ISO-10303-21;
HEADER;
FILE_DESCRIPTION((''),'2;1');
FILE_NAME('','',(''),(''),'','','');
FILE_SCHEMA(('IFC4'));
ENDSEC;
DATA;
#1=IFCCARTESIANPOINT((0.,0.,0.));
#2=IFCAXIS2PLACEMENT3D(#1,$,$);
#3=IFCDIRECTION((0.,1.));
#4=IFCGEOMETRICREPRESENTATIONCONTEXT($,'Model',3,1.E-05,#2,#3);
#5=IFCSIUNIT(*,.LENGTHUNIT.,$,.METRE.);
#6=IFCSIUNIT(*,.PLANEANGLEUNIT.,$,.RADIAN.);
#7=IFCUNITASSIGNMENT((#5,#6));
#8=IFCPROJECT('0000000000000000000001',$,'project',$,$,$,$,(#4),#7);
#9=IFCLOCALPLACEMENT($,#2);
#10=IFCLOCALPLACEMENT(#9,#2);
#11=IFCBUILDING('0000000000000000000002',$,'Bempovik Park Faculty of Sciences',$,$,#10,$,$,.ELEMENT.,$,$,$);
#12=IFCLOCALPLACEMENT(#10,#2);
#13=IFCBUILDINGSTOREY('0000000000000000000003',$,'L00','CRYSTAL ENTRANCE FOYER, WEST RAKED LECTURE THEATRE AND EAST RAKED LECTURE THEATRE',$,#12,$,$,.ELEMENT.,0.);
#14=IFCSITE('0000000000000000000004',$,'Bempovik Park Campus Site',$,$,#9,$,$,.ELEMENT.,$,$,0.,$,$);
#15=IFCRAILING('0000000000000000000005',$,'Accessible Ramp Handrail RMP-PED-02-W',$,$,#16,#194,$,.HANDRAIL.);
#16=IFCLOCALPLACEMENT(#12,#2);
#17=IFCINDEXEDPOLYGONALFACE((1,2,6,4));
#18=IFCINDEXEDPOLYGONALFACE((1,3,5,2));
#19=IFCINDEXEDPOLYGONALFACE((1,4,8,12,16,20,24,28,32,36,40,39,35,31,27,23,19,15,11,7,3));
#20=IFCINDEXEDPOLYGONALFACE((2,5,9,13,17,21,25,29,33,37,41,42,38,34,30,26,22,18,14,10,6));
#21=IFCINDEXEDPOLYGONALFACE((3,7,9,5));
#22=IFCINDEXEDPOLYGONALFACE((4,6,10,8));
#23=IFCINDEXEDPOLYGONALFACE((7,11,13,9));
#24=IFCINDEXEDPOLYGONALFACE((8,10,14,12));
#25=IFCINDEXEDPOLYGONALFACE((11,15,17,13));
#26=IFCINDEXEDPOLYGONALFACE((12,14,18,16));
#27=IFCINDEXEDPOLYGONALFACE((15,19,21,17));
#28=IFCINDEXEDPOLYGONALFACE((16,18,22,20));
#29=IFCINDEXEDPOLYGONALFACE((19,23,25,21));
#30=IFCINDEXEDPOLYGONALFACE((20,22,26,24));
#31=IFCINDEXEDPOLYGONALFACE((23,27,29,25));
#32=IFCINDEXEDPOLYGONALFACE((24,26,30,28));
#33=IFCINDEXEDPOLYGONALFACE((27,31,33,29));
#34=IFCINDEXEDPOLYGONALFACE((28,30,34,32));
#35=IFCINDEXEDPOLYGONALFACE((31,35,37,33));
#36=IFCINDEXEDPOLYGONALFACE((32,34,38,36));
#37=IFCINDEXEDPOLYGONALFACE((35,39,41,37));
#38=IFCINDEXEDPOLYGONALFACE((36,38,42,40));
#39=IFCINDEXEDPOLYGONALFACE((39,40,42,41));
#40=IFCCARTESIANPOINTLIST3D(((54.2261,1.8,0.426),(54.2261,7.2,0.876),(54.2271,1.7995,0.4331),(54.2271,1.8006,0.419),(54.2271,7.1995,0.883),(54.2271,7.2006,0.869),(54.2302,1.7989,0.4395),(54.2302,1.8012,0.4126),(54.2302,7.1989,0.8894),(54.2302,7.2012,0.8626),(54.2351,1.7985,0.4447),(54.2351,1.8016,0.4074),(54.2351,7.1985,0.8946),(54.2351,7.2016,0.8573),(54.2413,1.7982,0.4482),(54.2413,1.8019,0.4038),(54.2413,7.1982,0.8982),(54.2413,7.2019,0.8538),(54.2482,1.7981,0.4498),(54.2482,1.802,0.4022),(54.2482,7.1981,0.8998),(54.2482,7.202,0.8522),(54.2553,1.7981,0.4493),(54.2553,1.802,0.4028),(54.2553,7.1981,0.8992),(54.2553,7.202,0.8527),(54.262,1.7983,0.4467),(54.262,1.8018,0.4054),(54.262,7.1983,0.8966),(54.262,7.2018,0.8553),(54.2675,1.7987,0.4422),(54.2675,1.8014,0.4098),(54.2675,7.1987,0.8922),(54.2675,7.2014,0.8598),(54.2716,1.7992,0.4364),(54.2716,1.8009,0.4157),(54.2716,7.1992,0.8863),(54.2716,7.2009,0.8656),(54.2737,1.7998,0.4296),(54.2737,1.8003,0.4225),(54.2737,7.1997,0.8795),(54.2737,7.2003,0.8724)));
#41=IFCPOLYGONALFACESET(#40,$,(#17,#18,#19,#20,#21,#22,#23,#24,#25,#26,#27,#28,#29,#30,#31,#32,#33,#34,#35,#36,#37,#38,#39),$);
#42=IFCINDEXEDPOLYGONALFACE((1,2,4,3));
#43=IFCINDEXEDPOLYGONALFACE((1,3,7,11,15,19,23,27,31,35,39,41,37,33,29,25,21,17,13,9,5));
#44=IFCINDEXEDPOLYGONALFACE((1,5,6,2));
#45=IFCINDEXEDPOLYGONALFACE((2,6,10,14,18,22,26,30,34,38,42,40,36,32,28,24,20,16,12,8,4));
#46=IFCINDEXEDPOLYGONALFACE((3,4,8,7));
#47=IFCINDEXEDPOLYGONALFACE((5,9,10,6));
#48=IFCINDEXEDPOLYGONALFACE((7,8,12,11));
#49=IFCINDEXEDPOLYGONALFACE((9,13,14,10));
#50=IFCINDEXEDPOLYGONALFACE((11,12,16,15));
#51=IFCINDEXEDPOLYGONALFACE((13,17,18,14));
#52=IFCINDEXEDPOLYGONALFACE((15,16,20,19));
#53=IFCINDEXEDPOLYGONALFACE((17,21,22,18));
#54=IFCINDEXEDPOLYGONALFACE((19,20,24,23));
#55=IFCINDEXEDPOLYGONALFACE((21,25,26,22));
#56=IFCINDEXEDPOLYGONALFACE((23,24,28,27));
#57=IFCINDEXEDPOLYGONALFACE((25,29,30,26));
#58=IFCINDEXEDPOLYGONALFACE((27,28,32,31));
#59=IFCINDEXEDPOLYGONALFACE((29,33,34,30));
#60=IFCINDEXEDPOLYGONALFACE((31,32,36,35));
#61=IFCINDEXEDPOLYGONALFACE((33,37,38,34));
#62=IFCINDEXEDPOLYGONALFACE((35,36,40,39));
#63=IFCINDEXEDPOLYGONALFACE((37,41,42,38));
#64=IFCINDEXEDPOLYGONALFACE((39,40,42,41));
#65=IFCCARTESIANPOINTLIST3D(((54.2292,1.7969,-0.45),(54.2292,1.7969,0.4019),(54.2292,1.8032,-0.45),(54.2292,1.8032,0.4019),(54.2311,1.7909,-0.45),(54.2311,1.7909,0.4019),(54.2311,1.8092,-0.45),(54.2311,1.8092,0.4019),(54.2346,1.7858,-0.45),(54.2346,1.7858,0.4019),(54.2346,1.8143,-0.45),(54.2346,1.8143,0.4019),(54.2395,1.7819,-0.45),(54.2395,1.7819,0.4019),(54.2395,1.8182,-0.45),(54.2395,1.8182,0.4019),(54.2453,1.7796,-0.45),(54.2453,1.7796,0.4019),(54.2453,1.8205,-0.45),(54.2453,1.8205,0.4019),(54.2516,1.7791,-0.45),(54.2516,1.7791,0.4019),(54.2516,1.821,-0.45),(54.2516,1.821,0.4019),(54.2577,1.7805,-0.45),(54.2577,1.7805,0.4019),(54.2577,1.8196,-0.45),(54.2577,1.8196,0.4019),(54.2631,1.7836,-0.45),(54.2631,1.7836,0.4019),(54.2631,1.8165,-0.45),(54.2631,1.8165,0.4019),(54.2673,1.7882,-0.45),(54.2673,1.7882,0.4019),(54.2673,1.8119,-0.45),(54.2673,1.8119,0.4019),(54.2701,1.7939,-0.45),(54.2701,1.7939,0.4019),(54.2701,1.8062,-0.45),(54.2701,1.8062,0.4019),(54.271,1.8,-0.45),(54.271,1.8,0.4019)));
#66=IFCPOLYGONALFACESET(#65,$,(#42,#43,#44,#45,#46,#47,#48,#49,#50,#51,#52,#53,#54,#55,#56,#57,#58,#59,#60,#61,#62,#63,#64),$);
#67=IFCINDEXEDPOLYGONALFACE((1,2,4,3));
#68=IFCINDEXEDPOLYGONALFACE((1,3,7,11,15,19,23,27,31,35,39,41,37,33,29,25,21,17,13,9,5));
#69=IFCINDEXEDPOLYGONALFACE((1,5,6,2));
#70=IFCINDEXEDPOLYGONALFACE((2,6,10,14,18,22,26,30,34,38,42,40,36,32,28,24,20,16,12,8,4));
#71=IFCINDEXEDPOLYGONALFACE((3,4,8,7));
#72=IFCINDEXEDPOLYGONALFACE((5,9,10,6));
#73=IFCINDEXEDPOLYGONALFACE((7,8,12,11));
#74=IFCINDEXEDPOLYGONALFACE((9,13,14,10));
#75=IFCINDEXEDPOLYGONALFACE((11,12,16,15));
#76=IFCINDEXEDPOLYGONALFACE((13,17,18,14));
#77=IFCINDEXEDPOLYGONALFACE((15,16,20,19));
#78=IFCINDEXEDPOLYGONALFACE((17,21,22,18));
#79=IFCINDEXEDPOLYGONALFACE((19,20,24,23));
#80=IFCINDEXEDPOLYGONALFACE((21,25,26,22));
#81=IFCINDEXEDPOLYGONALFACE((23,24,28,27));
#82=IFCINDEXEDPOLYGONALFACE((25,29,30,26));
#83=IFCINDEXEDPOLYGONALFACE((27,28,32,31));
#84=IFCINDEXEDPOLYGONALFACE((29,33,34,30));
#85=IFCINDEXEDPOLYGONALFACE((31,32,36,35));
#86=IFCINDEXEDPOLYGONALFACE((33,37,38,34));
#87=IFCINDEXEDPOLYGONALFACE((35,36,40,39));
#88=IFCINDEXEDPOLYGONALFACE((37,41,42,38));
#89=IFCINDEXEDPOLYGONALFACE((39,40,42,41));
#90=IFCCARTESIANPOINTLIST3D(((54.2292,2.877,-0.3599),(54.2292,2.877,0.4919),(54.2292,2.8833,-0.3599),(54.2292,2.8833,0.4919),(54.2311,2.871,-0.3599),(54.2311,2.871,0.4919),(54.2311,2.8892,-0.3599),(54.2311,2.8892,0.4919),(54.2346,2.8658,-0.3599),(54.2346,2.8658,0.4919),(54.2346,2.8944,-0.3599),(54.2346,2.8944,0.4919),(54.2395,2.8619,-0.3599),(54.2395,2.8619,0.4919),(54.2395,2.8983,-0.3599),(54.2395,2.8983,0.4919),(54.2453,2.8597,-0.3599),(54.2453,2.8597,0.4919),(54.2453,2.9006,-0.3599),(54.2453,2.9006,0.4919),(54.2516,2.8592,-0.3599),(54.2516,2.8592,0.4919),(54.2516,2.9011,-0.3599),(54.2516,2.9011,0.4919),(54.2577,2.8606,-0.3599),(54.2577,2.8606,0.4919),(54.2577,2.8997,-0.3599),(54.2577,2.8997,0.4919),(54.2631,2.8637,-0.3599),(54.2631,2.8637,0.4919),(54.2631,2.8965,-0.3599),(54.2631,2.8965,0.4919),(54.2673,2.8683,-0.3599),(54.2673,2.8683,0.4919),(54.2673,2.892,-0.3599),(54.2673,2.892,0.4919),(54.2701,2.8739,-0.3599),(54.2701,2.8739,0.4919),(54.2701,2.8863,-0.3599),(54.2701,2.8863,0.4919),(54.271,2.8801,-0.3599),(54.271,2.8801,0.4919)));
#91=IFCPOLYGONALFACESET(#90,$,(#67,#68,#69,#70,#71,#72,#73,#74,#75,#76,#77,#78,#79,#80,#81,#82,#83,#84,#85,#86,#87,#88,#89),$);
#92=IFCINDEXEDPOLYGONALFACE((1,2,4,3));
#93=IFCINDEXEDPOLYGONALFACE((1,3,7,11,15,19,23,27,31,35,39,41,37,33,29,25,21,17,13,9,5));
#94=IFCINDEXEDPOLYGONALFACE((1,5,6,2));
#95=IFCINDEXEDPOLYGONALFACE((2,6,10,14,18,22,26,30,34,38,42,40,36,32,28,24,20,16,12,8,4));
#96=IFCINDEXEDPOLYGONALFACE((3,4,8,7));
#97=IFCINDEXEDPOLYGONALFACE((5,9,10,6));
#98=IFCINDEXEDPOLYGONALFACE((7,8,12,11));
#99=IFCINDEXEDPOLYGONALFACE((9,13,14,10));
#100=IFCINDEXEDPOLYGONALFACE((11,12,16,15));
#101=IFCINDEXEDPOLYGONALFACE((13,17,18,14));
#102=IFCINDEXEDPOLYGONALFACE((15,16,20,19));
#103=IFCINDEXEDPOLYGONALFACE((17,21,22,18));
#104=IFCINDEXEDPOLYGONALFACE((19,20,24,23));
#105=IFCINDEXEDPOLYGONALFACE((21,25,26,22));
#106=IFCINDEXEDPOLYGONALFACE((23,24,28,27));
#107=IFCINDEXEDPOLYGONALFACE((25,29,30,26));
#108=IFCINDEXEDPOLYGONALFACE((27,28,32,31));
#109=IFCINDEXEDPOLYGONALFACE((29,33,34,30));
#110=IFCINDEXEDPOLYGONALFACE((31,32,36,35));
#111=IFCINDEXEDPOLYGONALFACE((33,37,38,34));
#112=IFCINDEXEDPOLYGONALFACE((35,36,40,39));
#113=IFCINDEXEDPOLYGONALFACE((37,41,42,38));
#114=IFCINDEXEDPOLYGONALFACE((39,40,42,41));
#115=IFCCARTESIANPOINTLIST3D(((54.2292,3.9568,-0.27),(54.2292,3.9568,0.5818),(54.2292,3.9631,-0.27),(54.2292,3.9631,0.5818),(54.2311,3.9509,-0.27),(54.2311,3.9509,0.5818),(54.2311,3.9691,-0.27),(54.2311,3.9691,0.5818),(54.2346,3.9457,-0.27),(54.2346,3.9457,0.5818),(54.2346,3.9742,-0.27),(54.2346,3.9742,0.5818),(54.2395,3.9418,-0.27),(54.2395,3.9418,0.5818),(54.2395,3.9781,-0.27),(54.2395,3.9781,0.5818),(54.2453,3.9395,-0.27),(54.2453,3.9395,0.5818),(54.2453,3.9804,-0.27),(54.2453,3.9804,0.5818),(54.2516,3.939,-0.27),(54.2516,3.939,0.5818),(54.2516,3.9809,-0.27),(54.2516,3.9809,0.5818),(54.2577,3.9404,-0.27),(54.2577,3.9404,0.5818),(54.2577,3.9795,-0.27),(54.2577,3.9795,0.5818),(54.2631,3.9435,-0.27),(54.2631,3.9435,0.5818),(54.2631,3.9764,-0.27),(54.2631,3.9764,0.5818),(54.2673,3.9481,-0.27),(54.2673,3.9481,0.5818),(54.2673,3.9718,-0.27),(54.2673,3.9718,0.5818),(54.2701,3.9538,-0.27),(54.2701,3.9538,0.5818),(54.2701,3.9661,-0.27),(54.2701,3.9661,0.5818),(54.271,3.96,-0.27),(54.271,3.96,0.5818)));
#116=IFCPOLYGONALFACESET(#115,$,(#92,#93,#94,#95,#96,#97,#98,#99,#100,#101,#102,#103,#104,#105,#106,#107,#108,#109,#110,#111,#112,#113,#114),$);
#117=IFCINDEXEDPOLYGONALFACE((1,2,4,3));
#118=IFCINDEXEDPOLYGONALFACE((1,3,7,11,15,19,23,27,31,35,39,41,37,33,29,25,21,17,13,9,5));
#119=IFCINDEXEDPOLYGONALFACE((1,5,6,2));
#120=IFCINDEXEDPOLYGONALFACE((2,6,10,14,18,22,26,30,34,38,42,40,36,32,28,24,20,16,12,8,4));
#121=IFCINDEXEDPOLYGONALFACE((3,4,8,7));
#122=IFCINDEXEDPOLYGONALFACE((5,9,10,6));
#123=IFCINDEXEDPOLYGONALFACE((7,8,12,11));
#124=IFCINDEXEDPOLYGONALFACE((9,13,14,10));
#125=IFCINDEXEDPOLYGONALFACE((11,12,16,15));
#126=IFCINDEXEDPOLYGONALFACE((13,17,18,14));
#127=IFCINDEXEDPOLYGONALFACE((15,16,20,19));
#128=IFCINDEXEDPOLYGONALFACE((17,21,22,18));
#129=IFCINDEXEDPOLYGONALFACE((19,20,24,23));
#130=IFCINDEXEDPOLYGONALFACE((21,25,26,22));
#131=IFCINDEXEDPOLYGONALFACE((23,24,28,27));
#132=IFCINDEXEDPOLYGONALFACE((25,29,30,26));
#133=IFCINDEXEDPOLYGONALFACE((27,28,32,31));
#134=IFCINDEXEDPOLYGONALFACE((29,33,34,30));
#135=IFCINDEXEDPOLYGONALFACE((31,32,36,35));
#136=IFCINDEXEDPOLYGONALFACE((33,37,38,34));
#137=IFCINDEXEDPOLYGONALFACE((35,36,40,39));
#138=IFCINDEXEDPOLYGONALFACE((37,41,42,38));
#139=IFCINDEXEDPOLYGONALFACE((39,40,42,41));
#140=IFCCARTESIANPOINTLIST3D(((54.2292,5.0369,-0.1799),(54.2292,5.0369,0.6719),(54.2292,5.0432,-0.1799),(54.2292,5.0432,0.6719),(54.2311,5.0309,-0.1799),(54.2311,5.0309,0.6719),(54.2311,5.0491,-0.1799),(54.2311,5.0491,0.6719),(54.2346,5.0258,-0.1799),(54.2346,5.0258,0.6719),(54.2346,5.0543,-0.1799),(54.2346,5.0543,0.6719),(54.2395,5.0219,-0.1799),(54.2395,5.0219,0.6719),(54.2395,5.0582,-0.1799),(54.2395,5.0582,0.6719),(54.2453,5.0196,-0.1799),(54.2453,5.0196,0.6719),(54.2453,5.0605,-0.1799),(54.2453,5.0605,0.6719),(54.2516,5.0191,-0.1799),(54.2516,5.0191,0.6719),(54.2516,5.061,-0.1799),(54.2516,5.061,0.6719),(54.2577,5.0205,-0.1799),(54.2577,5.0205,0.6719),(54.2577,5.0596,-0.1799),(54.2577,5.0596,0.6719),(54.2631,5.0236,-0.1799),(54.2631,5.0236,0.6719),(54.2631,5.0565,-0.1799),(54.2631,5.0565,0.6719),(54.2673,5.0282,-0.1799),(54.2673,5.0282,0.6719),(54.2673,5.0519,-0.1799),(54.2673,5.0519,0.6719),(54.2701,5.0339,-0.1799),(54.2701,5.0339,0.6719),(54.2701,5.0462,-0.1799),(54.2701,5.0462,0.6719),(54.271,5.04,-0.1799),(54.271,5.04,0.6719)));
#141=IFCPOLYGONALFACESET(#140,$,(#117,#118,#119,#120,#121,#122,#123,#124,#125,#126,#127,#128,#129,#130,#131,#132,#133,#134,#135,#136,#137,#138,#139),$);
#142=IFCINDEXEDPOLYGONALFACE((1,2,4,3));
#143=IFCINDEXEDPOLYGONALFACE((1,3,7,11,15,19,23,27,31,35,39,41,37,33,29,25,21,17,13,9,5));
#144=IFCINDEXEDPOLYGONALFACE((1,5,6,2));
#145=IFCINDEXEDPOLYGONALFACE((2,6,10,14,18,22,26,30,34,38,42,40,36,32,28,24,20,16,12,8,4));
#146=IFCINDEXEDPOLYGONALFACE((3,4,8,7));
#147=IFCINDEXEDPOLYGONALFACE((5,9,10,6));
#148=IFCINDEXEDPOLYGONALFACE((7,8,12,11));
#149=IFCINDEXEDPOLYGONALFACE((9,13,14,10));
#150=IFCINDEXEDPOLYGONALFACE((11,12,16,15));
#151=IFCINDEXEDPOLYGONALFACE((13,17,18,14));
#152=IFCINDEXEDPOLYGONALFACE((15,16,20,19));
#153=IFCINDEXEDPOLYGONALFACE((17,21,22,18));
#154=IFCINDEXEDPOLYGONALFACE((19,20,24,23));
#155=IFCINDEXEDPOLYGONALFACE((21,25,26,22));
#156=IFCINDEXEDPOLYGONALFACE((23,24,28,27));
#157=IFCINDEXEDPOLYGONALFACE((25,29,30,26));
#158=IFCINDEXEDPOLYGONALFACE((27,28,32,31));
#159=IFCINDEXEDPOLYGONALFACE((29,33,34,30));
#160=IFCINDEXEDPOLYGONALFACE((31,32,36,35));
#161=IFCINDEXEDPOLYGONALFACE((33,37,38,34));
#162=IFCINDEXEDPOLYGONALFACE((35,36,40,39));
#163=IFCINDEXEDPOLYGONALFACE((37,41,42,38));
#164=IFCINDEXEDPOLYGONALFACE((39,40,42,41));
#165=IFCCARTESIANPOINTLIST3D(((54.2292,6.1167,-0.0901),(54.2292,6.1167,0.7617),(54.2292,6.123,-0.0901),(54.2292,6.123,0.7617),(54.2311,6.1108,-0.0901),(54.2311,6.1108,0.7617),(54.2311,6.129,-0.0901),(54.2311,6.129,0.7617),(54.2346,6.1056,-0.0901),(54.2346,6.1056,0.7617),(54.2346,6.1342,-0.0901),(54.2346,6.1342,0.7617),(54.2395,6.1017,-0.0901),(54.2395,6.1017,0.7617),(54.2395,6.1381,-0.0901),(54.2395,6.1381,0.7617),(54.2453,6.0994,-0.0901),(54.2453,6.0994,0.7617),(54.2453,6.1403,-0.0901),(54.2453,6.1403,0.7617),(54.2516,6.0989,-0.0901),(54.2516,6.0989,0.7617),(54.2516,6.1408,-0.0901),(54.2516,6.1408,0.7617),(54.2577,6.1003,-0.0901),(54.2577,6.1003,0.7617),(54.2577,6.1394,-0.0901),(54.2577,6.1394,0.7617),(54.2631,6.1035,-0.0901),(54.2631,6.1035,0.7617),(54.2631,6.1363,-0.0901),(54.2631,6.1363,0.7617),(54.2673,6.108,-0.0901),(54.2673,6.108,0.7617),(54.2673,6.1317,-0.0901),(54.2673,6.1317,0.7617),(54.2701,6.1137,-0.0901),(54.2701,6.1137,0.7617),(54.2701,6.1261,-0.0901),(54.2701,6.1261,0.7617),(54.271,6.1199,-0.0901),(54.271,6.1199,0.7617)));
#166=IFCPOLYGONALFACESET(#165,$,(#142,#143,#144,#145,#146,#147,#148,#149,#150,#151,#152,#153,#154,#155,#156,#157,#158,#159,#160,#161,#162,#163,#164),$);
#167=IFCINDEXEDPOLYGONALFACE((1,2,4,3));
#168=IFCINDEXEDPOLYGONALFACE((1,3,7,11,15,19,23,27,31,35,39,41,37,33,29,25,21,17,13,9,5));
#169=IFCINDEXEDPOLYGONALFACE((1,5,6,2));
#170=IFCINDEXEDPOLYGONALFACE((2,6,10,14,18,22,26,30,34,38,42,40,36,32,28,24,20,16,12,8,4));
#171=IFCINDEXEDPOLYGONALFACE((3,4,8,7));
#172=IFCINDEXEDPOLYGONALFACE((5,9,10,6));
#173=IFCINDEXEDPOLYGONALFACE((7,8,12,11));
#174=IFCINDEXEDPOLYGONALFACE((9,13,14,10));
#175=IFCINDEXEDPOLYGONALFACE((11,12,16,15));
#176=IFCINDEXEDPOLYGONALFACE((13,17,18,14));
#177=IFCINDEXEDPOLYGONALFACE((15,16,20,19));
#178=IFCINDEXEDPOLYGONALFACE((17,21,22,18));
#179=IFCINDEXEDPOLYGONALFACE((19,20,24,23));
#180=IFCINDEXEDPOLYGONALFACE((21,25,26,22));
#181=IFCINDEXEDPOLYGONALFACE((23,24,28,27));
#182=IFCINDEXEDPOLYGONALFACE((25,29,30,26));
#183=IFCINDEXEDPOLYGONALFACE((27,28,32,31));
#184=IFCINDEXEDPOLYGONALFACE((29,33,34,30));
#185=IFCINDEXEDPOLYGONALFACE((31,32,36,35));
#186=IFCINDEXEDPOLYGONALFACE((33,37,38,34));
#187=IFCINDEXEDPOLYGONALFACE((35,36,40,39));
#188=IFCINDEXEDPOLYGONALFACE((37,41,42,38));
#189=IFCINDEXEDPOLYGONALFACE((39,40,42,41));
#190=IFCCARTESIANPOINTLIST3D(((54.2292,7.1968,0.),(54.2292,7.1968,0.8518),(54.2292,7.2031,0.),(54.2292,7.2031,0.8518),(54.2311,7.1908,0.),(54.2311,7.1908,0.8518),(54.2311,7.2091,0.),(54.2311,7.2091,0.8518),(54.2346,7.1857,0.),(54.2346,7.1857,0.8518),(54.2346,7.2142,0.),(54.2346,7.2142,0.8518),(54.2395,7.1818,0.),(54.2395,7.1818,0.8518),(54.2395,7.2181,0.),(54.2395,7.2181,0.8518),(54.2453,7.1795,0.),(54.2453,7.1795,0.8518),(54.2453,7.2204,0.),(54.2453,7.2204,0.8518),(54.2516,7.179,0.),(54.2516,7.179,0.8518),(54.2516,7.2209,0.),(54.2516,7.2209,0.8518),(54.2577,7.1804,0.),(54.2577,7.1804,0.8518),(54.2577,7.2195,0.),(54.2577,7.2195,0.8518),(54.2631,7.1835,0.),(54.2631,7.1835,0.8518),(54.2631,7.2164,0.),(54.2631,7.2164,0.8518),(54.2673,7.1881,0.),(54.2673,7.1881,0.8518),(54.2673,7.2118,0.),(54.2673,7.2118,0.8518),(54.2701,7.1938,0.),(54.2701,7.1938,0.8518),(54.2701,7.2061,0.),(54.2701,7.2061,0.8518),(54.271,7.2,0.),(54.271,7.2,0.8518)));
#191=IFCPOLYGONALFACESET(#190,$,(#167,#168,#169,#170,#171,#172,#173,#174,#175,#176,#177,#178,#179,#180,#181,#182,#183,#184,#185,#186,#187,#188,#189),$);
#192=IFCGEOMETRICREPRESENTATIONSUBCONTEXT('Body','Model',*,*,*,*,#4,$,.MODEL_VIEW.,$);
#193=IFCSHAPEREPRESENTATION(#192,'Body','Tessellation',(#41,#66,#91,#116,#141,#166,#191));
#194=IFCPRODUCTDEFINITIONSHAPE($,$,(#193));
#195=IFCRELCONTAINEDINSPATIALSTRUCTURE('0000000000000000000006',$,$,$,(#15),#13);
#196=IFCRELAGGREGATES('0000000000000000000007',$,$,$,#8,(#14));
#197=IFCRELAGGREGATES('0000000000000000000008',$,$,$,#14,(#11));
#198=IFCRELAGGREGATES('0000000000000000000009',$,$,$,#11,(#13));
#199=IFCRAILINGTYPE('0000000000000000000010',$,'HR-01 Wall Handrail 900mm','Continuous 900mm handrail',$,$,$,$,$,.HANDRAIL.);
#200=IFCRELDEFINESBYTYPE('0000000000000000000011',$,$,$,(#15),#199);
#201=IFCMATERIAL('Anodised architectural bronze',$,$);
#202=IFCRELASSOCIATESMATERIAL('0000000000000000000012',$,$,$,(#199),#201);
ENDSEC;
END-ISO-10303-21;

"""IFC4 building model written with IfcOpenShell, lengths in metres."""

from ifc_helpers import new_model, si_unit, direction, frame, origin, origin_2d, place, context, subcontext, project, spatial, circle, extrude, material, type_object, element, save


model = new_model("IFC4")

# Units and contexts
model_context = context("Model", 3, precision=1e-05, world=origin(), true_north=direction((0.0, 1.0)))
body_context = subcontext(model_context, "Body", "Model", "MODEL_VIEW")
ifc_project = project(units=[si_unit("LENGTHUNIT", "METRE"), si_unit("PLANEANGLEUNIT", "RADIAN")], contexts=[model_context])

# Site, building, storey
site_placement = place(None, origin())
site = spatial("IfcSite", under=ifc_project, at=site_placement, Name="Bempovik Park Campus Site", CompositionType="ELEMENT", RefElevation=0.0)
building_placement = place(site_placement, origin())
building = spatial("IfcBuilding", under=site, at=building_placement, Name="Bempovik Park Faculty of Sciences", CompositionType="ELEMENT")
storey_placement = place(building_placement, origin())
storey = spatial("IfcBuildingStorey", under=building, at=storey_placement, Name="L00", Description="CRYSTAL ENTRANCE FOYER, WEST RAKED LECTURE THEATRE AND EAST RAKED LECTURE THEATRE", CompositionType="ELEMENT", Elevation=0.0)

# Railing
ifc_material_1 = material(Name="Anodised architectural bronze")
railing_type = type_object("IfcRailingType", Name="HR-01 Wall Handrail 900mm", Description="Continuous 900mm handrail", PredefinedType="HANDRAIL", material=ifc_material_1)
for number, where, name in (
    (1, (54.25, 1.8, -0.45), "Accessible Ramp Handrail RMP-PED-02-W"),
):
    element("IfcRailing", number, at=place(storey_placement, frame(where)), inside=storey, type_object=railing_type, Name=name, PredefinedType="HANDRAIL", context=body_context, shape_type="SweptSolid", body=[
        extrude(circle(Radius=0.0239, at=origin_2d()), frame((0.0, 0.0, 0.876), z_axis=(0.0, 0.996546, 0.083038), x_axis=(-1.0, 0.0, 0.0)), (0.0, 0.0, 1.0), 5.4187),
        extrude(circle(Radius=0.021, at=origin_2d()), origin(), (0.0, 0.0, 1.0), 0.8518),
        extrude(circle(Radius=0.021, at=origin_2d()), frame((0.0, 1.0801, 0.0901)), (0.0, 0.0, 1.0), 0.8518),
        extrude(circle(Radius=0.021, at=origin_2d()), frame((0.0, 2.1599, 0.1799)), (0.0, 0.0, 1.0), 0.8518),
        extrude(circle(Radius=0.021, at=origin_2d()), frame((0.0, 3.24, 0.27)), (0.0, 0.0, 1.0), 0.8518),
        extrude(circle(Radius=0.021, at=origin_2d()), frame((0.0, 4.3198, 0.3599)), (0.0, 0.0, 1.0), 0.8518),
        extrude(circle(Radius=0.021, at=origin_2d()), frame((0.0, 5.3999, 0.45)), (0.0, 0.0, 1.0), 0.8518),
    ])

save(model, "model.ifc")
